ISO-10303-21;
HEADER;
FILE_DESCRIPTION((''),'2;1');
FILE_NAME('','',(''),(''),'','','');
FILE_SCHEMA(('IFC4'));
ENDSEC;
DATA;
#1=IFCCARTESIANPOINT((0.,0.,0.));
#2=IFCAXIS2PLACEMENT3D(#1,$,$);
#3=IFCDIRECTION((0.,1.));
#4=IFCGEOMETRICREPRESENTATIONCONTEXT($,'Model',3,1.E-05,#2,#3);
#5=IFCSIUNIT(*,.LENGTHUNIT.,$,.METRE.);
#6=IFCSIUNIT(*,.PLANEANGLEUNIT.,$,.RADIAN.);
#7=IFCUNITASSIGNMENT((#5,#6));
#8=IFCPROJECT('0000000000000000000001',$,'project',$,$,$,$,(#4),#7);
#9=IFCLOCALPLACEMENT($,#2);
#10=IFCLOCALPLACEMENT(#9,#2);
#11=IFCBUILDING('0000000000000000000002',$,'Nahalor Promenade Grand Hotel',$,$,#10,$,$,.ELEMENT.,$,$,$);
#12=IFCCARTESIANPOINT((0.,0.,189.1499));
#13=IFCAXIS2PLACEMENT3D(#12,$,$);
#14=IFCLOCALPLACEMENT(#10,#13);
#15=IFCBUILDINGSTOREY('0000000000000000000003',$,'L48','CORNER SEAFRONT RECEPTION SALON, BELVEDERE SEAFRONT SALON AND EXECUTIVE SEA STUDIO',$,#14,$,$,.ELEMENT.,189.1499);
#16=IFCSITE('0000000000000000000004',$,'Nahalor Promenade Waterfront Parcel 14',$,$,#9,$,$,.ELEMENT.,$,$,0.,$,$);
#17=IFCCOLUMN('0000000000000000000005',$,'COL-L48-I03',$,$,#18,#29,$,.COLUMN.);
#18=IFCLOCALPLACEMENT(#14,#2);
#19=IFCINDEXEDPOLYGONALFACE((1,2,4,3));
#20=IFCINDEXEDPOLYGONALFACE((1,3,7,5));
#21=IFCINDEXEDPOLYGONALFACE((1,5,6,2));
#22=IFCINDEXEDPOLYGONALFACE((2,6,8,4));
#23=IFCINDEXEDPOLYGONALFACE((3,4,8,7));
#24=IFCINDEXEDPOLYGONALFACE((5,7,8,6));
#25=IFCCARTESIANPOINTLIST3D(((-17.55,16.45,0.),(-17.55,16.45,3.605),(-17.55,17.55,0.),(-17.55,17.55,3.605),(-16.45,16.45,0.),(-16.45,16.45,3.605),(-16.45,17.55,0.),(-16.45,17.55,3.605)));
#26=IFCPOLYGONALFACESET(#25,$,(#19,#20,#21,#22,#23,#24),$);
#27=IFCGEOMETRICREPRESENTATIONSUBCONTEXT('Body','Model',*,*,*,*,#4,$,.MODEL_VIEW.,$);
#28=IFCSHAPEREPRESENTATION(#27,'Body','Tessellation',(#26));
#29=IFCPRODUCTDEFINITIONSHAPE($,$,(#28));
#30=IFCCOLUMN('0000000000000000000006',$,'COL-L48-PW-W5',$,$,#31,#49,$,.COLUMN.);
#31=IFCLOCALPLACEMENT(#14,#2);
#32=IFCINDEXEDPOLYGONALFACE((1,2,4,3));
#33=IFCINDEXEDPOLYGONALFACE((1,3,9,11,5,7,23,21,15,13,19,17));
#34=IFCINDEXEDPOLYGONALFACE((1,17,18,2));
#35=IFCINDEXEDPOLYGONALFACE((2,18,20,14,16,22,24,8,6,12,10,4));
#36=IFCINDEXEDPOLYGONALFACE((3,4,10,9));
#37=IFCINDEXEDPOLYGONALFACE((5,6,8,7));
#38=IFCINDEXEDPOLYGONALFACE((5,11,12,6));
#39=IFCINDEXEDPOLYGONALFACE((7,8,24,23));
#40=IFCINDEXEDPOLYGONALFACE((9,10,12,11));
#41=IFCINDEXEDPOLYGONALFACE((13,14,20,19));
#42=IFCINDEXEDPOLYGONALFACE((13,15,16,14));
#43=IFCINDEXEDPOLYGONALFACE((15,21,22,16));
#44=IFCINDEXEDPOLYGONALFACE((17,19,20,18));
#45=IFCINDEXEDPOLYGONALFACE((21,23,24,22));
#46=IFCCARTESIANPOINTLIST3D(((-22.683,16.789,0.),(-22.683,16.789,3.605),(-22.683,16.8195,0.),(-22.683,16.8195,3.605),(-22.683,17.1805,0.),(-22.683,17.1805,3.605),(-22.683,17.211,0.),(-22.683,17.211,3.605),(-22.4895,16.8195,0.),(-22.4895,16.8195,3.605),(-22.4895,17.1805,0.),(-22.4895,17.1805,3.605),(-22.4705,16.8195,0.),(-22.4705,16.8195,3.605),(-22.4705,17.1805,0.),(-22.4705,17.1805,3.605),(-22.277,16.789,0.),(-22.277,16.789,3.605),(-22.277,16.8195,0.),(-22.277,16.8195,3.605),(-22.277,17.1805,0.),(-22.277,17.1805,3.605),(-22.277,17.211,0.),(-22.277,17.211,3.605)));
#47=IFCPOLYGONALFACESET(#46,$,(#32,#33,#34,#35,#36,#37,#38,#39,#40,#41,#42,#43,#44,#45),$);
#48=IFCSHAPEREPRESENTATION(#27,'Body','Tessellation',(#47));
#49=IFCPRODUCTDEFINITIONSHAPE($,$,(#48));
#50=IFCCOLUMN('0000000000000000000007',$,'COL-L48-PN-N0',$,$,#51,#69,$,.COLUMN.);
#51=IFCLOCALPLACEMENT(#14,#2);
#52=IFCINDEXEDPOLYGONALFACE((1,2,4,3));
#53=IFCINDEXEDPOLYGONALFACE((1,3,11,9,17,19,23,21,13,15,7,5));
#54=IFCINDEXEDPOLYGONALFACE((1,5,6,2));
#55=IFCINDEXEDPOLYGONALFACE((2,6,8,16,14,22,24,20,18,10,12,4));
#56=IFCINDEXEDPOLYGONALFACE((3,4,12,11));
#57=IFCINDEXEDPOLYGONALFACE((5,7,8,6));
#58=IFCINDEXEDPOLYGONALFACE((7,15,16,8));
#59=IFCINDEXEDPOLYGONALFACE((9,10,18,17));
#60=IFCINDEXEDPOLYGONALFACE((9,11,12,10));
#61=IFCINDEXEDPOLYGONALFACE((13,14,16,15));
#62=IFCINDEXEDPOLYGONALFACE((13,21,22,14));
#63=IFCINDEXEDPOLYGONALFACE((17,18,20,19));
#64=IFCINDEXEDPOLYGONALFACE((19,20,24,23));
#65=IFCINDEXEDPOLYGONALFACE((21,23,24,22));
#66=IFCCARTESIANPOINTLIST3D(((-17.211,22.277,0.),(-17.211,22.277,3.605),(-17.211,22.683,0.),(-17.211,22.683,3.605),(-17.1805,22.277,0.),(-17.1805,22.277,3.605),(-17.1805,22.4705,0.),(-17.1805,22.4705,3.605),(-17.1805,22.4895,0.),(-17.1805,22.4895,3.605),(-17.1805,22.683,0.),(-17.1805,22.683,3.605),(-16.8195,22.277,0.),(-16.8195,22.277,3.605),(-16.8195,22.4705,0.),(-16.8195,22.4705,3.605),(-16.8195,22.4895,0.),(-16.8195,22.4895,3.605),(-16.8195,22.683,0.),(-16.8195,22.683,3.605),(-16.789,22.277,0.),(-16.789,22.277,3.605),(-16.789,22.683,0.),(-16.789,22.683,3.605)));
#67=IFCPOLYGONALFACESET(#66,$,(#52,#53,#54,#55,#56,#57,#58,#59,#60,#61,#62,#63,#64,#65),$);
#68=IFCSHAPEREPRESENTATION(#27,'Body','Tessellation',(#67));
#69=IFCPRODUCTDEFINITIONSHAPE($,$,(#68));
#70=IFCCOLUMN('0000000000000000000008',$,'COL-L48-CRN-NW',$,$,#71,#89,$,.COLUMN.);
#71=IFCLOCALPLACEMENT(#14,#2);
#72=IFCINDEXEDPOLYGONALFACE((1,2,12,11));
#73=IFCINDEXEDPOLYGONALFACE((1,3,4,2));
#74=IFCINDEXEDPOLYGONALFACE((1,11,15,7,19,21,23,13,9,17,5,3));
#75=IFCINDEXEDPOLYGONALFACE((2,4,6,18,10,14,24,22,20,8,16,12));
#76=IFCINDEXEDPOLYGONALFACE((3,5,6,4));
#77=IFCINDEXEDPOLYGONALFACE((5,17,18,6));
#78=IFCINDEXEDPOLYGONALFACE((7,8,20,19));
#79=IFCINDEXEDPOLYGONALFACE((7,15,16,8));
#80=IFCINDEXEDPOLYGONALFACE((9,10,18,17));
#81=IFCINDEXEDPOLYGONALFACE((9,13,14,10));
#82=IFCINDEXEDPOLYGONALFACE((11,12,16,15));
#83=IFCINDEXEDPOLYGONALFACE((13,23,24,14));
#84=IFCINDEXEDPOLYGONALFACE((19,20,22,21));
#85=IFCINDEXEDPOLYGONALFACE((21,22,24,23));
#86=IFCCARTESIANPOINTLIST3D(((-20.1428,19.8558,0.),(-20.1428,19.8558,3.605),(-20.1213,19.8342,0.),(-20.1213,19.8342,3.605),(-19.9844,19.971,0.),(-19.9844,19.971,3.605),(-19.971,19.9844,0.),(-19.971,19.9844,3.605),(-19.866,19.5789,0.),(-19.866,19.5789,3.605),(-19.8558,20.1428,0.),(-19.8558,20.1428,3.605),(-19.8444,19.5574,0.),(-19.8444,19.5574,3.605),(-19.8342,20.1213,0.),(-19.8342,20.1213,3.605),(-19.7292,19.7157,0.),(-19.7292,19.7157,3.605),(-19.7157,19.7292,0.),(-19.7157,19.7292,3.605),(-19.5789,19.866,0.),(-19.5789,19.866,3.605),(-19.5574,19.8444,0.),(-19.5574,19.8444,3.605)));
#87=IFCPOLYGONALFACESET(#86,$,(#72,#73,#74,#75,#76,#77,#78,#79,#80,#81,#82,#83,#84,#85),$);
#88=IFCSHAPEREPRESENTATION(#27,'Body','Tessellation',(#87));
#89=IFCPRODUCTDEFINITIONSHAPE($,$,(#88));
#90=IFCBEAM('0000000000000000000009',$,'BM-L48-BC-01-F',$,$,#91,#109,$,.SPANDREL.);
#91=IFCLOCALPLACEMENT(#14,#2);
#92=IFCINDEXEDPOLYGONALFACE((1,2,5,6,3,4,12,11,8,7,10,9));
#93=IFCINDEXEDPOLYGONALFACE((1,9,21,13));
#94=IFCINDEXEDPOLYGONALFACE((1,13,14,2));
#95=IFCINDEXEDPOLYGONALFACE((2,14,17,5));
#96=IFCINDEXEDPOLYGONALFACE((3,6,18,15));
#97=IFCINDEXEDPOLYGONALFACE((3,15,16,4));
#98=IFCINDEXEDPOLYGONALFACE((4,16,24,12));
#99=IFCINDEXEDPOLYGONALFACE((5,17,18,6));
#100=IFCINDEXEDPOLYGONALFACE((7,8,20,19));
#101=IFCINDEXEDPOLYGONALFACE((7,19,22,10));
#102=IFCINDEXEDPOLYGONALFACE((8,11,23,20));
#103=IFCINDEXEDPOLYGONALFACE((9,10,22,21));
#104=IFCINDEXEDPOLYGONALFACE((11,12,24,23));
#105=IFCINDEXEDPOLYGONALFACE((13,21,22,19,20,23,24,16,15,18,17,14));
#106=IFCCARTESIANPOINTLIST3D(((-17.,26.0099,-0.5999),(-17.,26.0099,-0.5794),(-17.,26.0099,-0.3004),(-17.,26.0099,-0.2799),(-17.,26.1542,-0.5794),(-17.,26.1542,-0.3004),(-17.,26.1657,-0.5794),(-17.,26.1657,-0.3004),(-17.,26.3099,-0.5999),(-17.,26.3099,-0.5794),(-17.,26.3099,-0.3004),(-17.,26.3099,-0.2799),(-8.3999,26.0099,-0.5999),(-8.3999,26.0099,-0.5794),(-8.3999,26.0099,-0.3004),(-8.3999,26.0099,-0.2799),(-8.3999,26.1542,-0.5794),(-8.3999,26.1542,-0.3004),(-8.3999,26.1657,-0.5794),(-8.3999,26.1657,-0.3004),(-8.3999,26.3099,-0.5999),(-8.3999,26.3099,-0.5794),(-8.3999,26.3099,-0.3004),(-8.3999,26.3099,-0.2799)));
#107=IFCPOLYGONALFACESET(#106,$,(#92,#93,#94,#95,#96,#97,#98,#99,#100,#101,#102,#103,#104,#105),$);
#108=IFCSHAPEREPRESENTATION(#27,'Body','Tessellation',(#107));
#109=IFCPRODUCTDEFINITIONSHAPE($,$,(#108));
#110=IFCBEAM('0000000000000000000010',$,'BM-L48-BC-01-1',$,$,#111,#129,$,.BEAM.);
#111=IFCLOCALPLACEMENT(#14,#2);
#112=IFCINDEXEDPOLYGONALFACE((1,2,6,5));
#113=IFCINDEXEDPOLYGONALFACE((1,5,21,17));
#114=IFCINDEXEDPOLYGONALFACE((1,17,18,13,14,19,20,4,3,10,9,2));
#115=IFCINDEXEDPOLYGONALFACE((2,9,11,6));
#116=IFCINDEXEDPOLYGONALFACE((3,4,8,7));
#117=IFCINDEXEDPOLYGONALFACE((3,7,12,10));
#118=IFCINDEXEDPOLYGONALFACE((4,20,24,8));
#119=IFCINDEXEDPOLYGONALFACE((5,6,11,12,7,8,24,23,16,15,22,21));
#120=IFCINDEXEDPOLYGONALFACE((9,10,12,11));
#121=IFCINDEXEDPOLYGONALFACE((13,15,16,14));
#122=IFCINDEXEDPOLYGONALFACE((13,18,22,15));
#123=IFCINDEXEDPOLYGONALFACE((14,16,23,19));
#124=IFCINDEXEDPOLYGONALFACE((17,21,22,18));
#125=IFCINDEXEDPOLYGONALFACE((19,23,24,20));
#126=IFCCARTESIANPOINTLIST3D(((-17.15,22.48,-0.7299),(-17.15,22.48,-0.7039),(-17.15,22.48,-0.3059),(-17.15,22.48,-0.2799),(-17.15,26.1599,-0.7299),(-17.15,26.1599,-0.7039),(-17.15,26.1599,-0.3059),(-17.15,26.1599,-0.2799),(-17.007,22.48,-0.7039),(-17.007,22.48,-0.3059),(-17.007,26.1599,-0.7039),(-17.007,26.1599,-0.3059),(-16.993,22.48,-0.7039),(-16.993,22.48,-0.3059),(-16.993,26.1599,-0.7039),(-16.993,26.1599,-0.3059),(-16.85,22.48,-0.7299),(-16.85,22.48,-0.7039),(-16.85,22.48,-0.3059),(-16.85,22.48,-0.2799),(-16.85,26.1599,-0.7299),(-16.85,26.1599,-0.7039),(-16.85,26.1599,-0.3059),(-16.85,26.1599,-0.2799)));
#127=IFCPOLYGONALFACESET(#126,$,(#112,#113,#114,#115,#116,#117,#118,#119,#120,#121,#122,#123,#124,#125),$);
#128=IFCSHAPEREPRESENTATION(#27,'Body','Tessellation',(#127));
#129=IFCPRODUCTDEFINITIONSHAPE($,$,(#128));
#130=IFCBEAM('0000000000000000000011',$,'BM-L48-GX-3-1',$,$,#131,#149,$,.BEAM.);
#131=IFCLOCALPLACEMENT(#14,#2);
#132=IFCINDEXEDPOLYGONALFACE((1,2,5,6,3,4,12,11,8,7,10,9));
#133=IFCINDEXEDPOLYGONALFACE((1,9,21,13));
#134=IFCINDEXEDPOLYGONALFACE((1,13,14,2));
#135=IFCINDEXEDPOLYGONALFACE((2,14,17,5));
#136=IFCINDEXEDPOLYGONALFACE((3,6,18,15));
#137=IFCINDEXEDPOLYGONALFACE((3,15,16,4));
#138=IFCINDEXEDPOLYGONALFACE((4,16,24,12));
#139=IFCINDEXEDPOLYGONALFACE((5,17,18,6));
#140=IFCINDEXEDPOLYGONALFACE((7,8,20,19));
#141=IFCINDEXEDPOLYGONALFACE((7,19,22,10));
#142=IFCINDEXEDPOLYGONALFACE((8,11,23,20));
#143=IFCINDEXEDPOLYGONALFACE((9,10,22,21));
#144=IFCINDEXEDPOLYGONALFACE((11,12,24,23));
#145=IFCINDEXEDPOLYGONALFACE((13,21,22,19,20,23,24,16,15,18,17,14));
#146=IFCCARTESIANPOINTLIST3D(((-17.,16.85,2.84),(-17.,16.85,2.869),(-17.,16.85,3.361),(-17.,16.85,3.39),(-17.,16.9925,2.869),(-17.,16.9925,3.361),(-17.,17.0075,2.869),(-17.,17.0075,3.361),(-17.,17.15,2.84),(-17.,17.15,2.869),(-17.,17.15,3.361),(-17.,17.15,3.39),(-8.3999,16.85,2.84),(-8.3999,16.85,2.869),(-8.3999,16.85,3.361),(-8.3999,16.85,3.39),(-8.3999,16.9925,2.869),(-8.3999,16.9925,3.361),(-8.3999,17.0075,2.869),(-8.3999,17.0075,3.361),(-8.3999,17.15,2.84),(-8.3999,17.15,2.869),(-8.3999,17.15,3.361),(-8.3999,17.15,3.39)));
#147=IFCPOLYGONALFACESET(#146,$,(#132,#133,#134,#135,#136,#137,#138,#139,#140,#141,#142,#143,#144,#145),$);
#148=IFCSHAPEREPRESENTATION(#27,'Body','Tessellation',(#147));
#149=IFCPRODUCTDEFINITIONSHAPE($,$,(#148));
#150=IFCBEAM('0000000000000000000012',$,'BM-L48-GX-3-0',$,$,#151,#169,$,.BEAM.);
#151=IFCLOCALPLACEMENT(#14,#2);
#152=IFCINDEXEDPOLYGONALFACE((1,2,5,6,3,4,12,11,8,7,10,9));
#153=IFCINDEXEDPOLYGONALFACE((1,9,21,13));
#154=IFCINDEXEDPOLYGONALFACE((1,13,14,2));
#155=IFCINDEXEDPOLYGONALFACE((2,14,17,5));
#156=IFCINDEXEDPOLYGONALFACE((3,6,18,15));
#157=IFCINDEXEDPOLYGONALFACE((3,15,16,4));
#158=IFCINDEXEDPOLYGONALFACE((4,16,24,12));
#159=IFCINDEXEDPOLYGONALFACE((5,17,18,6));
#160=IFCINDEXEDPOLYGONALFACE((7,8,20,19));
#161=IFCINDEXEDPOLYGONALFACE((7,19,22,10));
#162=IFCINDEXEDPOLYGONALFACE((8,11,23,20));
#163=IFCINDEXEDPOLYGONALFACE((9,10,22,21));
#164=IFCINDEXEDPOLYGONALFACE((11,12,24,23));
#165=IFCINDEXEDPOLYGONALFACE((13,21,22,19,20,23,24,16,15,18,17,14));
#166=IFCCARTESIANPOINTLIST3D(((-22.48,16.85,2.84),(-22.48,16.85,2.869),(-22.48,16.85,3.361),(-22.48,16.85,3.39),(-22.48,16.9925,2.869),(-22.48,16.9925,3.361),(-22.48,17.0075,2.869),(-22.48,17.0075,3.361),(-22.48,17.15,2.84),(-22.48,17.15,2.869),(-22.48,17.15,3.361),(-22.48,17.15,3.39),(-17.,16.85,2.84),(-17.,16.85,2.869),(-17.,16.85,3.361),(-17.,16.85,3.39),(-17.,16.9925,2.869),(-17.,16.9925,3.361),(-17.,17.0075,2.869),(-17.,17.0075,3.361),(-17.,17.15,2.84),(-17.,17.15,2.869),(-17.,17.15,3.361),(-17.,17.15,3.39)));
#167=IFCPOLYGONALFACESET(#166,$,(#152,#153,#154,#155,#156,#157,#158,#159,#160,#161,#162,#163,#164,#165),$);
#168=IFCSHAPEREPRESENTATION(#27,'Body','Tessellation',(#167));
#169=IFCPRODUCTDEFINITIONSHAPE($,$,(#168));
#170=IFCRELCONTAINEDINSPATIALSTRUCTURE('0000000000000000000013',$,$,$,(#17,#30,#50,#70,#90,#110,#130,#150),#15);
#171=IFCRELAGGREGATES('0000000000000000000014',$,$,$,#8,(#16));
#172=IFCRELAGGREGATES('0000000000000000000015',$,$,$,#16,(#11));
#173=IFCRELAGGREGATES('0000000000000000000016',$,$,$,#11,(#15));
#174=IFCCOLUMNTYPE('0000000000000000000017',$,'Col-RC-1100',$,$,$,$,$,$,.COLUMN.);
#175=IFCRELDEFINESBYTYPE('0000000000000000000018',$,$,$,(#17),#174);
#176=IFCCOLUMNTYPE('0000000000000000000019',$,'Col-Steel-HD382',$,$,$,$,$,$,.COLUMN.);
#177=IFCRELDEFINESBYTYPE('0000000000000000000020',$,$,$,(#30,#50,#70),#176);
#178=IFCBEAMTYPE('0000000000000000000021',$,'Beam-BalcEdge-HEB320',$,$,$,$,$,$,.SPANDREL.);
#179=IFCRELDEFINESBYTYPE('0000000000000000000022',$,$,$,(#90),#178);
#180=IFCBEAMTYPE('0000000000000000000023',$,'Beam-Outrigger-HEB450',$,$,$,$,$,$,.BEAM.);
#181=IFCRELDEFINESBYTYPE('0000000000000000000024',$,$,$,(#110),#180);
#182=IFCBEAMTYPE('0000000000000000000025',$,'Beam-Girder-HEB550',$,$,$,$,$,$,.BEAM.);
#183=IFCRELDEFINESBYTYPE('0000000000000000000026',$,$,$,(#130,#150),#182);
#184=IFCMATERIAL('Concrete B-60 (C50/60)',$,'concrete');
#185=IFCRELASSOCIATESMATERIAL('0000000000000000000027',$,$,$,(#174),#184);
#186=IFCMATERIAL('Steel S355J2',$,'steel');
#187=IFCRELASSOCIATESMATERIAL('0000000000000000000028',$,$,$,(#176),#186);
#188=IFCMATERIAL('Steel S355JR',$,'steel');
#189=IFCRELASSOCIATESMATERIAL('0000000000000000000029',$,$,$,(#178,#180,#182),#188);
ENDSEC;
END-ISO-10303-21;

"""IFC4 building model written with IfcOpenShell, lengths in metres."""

from ifc_helpers import new_model, si_unit, direction, frame, origin, origin_2d, place, context, subcontext, project, spatial, rectangle, i_section, extrude, source, transform, mapped, material, material_profile, profile_set, type_object, element, save


model = new_model("IFC4")

# Units and contexts
model_context = context("Model", 3, precision=1e-05, world=origin(), true_north=direction((0.0, 1.0)))
body_context = subcontext(model_context, "Body", "Model", "MODEL_VIEW")
ifc_project = project(units=[si_unit("LENGTHUNIT", "METRE"), si_unit("PLANEANGLEUNIT", "RADIAN")], contexts=[model_context])

# Site, building, storey
site_placement = place(None, origin())
site = spatial("IfcSite", under=ifc_project, at=site_placement, Name="Nahalor Promenade Waterfront Parcel 14", CompositionType="ELEMENT", RefElevation=0.0)
building_placement = place(site_placement, origin())
building = spatial("IfcBuilding", under=site, at=building_placement, Name="Nahalor Promenade Grand Hotel", CompositionType="ELEMENT")
storey_placement = place(building_placement, frame((0.0, 0.0, 189.1499)))
storey = spatial("IfcBuildingStorey", under=building, at=storey_placement, Name="L48", Description="CORNER SEAFRONT RECEPTION SALON, BELVEDERE SEAFRONT SALON AND EXECUTIVE SEA STUDIO", CompositionType="ELEMENT", Elevation=189.1499)

# Columns
ifc_material_1 = material(Name="Concrete B-60 (C50/60)", Category="concrete")
ifc_material_profile_1 = material_profile(ifc_material_1, rectangle(XDim=1.1, YDim=1.1, at=origin_2d()), Name="RC 1100x1100")
ifc_profile_set_1 = profile_set([ifc_material_profile_1], Name="Concrete B-60 (C50/60)")
column_type_1 = type_object("IfcColumnType", Name="Col-RC-1100", PredefinedType="COLUMN", material=ifc_profile_set_1)
shared_shape_1 = source(origin(), body_context, "Body", "SweptSolid", [
    extrude(rectangle(XDim=1.1, YDim=1.1, at=origin_2d()), origin(), (0.0, 0.0, 1.0), 3.605),
])
column_placement = place(storey_placement, frame((-17.0, 17.0, 0.0), z_axis=(0.0, 0.0, 1.0), x_axis=(1.0, 0.0, 0.0)))
element("IfcColumn", 1, at=column_placement, inside=storey, type_object=column_type_1, Name="COL-L48-I03", PredefinedType="COLUMN", context=body_context, shape_type="MappedRepresentation", body=[
    mapped(shared_shape_1, transform((0.0, 0.0, 0.0), scale=1.0)),
])
ifc_material_2 = material(Name="Steel S355J2", Category="steel")
ifc_material_profile_2 = material_profile(ifc_material_2, i_section(OverallWidth=0.406, OverallDepth=0.422, WebThickness=0.019, FlangeThickness=0.0305, at=origin_2d()), Name="HD 400x382")
ifc_profile_set_2 = profile_set([ifc_material_profile_2], Name="Steel S355J2")
column_type_2 = type_object("IfcColumnType", Name="Col-Steel-HD382", PredefinedType="COLUMN", material=ifc_profile_set_2)
shared_shape_2 = source(origin(), body_context, "Body", "SweptSolid", [
    extrude(i_section(OverallWidth=0.406, OverallDepth=0.422, WebThickness=0.019, FlangeThickness=0.0305, at=origin_2d()), origin(), (0.0, 0.0, 1.0), 3.605),
])
for number, where, z_axis, x_axis, name in (
    (2, (-22.48, 17.0, 0.0), (0.0, 0.0, 1.0), (1.0, 0.0, 0.0), "COL-L48-PW-W5"),
    (3, (-17.0, 22.48, 0.0), (0.0, 0.0, 1.0), (0.0, 1.0, 0.0), "COL-L48-PN-N0"),
    (4, (-19.8501, 19.8501, 0.0), (0.0, 0.0, 1.0), (0.707107, 0.707107, 0.0), "COL-L48-CRN-NW"),
):
    element("IfcColumn", number, at=place(storey_placement, frame(where, z_axis=z_axis, x_axis=x_axis)), inside=storey, type_object=column_type_2, Name=name, PredefinedType="COLUMN", context=body_context, shape_type="MappedRepresentation", body=[
        mapped(shared_shape_2, transform((0.0, 0.0, 0.0), scale=1.0)),
    ])

# Beams
ifc_material_3 = material(Name="Steel S355JR", Category="steel")
ifc_material_profile_3 = material_profile(ifc_material_3, i_section(OverallWidth=0.3, OverallDepth=0.32, WebThickness=0.0115, FlangeThickness=0.0205, at=origin_2d()), Name="HEB 320")
ifc_profile_set_3 = profile_set([ifc_material_profile_3], Name="Steel S355JR")
beam_type_1 = type_object("IfcBeamType", Name="Beam-BalcEdge-HEB320", PredefinedType="SPANDREL", material=ifc_profile_set_3)
shared_shape_3 = source(origin(), body_context, "Body", "SweptSolid", [
    extrude(i_section(OverallWidth=0.3, OverallDepth=0.32, WebThickness=0.0115, FlangeThickness=0.0205, at=origin_2d()), origin(), (0.0, 0.0, 1.0), 8.6001),
])
beam_1_placement = place(storey_placement, frame((-17.0, 26.1599, -0.4399), z_axis=(1.0, 0.0, 0.0), x_axis=(0.0, 1.0, 0.0)))
element("IfcBeam", 5, at=beam_1_placement, inside=storey, type_object=beam_type_1, Name="BM-L48-BC-01-F", PredefinedType="SPANDREL", context=body_context, shape_type="MappedRepresentation", body=[
    mapped(shared_shape_3, transform((0.0, 0.0, 0.0), scale=1.0)),
])
ifc_material_profile_4 = material_profile(ifc_material_3, i_section(OverallWidth=0.3, OverallDepth=0.45, WebThickness=0.014, FlangeThickness=0.026, at=origin_2d()), Name="HEB 450")
ifc_profile_set_4 = profile_set([ifc_material_profile_4], Name="Steel S355JR")
beam_type_2 = type_object("IfcBeamType", Name="Beam-Outrigger-HEB450", PredefinedType="BEAM", material=ifc_profile_set_4)
shared_shape_4 = source(origin(), body_context, "Body", "SweptSolid", [
    extrude(i_section(OverallWidth=0.3, OverallDepth=0.45, WebThickness=0.014, FlangeThickness=0.026, at=origin_2d()), origin(), (0.0, 0.0, 1.0), 3.6799),
])
beam_2_placement = place(storey_placement, frame((-17.0, 22.48, -0.5049), z_axis=(0.0, 1.0, 0.0), x_axis=(-1.0, 0.0, 0.0)))
element("IfcBeam", 6, at=beam_2_placement, inside=storey, type_object=beam_type_2, Name="BM-L48-BC-01-1", PredefinedType="BEAM", context=body_context, shape_type="MappedRepresentation", body=[
    mapped(shared_shape_4, transform((0.0, 0.0, 0.0), scale=1.0)),
])
ifc_material_profile_5 = material_profile(ifc_material_3, i_section(OverallWidth=0.3, OverallDepth=0.55, WebThickness=0.015, FlangeThickness=0.029, at=origin_2d()), Name="HEB 550")
ifc_profile_set_5 = profile_set([ifc_material_profile_5], Name="Steel S355JR")
beam_type_3 = type_object("IfcBeamType", Name="Beam-Girder-HEB550", PredefinedType="BEAM", material=ifc_profile_set_5)
shared_shape_5 = source(origin(), body_context, "Body", "SweptSolid", [
    extrude(i_section(OverallWidth=0.3, OverallDepth=0.55, WebThickness=0.015, FlangeThickness=0.029, at=origin_2d()), origin(), (0.0, 0.0, 1.0), 8.6001),
])
beam_3_placement = place(storey_placement, frame((-17.0, 17.0, 3.115), z_axis=(1.0, 0.0, 0.0), x_axis=(0.0, 1.0, 0.0)))
element("IfcBeam", 7, at=beam_3_placement, inside=storey, type_object=beam_type_3, Name="BM-L48-GX-3-1", PredefinedType="BEAM", context=body_context, shape_type="MappedRepresentation", body=[
    mapped(shared_shape_5, transform((0.0, 0.0, 0.0), scale=1.0)),
])
shared_shape_6 = source(origin(), body_context, "Body", "SweptSolid", [
    extrude(i_section(OverallWidth=0.3, OverallDepth=0.55, WebThickness=0.015, FlangeThickness=0.029, at=origin_2d()), origin(), (0.0, 0.0, 1.0), 5.48),
])
for number, where, z_axis, x_axis, name in (
    (8, (-22.48, 17.0, 3.115), (1.0, 0.0, 0.0), (0.0, 1.0, 0.0), "BM-L48-GX-3-0"),
):
    element("IfcBeam", number, at=place(storey_placement, frame(where, z_axis=z_axis, x_axis=x_axis)), inside=storey, type_object=beam_type_3, Name=name, PredefinedType="BEAM", context=body_context, shape_type="MappedRepresentation", body=[
        mapped(shared_shape_6, transform((0.0, 0.0, 0.0), scale=1.0)),
    ])

save(model, "model.ifc")
